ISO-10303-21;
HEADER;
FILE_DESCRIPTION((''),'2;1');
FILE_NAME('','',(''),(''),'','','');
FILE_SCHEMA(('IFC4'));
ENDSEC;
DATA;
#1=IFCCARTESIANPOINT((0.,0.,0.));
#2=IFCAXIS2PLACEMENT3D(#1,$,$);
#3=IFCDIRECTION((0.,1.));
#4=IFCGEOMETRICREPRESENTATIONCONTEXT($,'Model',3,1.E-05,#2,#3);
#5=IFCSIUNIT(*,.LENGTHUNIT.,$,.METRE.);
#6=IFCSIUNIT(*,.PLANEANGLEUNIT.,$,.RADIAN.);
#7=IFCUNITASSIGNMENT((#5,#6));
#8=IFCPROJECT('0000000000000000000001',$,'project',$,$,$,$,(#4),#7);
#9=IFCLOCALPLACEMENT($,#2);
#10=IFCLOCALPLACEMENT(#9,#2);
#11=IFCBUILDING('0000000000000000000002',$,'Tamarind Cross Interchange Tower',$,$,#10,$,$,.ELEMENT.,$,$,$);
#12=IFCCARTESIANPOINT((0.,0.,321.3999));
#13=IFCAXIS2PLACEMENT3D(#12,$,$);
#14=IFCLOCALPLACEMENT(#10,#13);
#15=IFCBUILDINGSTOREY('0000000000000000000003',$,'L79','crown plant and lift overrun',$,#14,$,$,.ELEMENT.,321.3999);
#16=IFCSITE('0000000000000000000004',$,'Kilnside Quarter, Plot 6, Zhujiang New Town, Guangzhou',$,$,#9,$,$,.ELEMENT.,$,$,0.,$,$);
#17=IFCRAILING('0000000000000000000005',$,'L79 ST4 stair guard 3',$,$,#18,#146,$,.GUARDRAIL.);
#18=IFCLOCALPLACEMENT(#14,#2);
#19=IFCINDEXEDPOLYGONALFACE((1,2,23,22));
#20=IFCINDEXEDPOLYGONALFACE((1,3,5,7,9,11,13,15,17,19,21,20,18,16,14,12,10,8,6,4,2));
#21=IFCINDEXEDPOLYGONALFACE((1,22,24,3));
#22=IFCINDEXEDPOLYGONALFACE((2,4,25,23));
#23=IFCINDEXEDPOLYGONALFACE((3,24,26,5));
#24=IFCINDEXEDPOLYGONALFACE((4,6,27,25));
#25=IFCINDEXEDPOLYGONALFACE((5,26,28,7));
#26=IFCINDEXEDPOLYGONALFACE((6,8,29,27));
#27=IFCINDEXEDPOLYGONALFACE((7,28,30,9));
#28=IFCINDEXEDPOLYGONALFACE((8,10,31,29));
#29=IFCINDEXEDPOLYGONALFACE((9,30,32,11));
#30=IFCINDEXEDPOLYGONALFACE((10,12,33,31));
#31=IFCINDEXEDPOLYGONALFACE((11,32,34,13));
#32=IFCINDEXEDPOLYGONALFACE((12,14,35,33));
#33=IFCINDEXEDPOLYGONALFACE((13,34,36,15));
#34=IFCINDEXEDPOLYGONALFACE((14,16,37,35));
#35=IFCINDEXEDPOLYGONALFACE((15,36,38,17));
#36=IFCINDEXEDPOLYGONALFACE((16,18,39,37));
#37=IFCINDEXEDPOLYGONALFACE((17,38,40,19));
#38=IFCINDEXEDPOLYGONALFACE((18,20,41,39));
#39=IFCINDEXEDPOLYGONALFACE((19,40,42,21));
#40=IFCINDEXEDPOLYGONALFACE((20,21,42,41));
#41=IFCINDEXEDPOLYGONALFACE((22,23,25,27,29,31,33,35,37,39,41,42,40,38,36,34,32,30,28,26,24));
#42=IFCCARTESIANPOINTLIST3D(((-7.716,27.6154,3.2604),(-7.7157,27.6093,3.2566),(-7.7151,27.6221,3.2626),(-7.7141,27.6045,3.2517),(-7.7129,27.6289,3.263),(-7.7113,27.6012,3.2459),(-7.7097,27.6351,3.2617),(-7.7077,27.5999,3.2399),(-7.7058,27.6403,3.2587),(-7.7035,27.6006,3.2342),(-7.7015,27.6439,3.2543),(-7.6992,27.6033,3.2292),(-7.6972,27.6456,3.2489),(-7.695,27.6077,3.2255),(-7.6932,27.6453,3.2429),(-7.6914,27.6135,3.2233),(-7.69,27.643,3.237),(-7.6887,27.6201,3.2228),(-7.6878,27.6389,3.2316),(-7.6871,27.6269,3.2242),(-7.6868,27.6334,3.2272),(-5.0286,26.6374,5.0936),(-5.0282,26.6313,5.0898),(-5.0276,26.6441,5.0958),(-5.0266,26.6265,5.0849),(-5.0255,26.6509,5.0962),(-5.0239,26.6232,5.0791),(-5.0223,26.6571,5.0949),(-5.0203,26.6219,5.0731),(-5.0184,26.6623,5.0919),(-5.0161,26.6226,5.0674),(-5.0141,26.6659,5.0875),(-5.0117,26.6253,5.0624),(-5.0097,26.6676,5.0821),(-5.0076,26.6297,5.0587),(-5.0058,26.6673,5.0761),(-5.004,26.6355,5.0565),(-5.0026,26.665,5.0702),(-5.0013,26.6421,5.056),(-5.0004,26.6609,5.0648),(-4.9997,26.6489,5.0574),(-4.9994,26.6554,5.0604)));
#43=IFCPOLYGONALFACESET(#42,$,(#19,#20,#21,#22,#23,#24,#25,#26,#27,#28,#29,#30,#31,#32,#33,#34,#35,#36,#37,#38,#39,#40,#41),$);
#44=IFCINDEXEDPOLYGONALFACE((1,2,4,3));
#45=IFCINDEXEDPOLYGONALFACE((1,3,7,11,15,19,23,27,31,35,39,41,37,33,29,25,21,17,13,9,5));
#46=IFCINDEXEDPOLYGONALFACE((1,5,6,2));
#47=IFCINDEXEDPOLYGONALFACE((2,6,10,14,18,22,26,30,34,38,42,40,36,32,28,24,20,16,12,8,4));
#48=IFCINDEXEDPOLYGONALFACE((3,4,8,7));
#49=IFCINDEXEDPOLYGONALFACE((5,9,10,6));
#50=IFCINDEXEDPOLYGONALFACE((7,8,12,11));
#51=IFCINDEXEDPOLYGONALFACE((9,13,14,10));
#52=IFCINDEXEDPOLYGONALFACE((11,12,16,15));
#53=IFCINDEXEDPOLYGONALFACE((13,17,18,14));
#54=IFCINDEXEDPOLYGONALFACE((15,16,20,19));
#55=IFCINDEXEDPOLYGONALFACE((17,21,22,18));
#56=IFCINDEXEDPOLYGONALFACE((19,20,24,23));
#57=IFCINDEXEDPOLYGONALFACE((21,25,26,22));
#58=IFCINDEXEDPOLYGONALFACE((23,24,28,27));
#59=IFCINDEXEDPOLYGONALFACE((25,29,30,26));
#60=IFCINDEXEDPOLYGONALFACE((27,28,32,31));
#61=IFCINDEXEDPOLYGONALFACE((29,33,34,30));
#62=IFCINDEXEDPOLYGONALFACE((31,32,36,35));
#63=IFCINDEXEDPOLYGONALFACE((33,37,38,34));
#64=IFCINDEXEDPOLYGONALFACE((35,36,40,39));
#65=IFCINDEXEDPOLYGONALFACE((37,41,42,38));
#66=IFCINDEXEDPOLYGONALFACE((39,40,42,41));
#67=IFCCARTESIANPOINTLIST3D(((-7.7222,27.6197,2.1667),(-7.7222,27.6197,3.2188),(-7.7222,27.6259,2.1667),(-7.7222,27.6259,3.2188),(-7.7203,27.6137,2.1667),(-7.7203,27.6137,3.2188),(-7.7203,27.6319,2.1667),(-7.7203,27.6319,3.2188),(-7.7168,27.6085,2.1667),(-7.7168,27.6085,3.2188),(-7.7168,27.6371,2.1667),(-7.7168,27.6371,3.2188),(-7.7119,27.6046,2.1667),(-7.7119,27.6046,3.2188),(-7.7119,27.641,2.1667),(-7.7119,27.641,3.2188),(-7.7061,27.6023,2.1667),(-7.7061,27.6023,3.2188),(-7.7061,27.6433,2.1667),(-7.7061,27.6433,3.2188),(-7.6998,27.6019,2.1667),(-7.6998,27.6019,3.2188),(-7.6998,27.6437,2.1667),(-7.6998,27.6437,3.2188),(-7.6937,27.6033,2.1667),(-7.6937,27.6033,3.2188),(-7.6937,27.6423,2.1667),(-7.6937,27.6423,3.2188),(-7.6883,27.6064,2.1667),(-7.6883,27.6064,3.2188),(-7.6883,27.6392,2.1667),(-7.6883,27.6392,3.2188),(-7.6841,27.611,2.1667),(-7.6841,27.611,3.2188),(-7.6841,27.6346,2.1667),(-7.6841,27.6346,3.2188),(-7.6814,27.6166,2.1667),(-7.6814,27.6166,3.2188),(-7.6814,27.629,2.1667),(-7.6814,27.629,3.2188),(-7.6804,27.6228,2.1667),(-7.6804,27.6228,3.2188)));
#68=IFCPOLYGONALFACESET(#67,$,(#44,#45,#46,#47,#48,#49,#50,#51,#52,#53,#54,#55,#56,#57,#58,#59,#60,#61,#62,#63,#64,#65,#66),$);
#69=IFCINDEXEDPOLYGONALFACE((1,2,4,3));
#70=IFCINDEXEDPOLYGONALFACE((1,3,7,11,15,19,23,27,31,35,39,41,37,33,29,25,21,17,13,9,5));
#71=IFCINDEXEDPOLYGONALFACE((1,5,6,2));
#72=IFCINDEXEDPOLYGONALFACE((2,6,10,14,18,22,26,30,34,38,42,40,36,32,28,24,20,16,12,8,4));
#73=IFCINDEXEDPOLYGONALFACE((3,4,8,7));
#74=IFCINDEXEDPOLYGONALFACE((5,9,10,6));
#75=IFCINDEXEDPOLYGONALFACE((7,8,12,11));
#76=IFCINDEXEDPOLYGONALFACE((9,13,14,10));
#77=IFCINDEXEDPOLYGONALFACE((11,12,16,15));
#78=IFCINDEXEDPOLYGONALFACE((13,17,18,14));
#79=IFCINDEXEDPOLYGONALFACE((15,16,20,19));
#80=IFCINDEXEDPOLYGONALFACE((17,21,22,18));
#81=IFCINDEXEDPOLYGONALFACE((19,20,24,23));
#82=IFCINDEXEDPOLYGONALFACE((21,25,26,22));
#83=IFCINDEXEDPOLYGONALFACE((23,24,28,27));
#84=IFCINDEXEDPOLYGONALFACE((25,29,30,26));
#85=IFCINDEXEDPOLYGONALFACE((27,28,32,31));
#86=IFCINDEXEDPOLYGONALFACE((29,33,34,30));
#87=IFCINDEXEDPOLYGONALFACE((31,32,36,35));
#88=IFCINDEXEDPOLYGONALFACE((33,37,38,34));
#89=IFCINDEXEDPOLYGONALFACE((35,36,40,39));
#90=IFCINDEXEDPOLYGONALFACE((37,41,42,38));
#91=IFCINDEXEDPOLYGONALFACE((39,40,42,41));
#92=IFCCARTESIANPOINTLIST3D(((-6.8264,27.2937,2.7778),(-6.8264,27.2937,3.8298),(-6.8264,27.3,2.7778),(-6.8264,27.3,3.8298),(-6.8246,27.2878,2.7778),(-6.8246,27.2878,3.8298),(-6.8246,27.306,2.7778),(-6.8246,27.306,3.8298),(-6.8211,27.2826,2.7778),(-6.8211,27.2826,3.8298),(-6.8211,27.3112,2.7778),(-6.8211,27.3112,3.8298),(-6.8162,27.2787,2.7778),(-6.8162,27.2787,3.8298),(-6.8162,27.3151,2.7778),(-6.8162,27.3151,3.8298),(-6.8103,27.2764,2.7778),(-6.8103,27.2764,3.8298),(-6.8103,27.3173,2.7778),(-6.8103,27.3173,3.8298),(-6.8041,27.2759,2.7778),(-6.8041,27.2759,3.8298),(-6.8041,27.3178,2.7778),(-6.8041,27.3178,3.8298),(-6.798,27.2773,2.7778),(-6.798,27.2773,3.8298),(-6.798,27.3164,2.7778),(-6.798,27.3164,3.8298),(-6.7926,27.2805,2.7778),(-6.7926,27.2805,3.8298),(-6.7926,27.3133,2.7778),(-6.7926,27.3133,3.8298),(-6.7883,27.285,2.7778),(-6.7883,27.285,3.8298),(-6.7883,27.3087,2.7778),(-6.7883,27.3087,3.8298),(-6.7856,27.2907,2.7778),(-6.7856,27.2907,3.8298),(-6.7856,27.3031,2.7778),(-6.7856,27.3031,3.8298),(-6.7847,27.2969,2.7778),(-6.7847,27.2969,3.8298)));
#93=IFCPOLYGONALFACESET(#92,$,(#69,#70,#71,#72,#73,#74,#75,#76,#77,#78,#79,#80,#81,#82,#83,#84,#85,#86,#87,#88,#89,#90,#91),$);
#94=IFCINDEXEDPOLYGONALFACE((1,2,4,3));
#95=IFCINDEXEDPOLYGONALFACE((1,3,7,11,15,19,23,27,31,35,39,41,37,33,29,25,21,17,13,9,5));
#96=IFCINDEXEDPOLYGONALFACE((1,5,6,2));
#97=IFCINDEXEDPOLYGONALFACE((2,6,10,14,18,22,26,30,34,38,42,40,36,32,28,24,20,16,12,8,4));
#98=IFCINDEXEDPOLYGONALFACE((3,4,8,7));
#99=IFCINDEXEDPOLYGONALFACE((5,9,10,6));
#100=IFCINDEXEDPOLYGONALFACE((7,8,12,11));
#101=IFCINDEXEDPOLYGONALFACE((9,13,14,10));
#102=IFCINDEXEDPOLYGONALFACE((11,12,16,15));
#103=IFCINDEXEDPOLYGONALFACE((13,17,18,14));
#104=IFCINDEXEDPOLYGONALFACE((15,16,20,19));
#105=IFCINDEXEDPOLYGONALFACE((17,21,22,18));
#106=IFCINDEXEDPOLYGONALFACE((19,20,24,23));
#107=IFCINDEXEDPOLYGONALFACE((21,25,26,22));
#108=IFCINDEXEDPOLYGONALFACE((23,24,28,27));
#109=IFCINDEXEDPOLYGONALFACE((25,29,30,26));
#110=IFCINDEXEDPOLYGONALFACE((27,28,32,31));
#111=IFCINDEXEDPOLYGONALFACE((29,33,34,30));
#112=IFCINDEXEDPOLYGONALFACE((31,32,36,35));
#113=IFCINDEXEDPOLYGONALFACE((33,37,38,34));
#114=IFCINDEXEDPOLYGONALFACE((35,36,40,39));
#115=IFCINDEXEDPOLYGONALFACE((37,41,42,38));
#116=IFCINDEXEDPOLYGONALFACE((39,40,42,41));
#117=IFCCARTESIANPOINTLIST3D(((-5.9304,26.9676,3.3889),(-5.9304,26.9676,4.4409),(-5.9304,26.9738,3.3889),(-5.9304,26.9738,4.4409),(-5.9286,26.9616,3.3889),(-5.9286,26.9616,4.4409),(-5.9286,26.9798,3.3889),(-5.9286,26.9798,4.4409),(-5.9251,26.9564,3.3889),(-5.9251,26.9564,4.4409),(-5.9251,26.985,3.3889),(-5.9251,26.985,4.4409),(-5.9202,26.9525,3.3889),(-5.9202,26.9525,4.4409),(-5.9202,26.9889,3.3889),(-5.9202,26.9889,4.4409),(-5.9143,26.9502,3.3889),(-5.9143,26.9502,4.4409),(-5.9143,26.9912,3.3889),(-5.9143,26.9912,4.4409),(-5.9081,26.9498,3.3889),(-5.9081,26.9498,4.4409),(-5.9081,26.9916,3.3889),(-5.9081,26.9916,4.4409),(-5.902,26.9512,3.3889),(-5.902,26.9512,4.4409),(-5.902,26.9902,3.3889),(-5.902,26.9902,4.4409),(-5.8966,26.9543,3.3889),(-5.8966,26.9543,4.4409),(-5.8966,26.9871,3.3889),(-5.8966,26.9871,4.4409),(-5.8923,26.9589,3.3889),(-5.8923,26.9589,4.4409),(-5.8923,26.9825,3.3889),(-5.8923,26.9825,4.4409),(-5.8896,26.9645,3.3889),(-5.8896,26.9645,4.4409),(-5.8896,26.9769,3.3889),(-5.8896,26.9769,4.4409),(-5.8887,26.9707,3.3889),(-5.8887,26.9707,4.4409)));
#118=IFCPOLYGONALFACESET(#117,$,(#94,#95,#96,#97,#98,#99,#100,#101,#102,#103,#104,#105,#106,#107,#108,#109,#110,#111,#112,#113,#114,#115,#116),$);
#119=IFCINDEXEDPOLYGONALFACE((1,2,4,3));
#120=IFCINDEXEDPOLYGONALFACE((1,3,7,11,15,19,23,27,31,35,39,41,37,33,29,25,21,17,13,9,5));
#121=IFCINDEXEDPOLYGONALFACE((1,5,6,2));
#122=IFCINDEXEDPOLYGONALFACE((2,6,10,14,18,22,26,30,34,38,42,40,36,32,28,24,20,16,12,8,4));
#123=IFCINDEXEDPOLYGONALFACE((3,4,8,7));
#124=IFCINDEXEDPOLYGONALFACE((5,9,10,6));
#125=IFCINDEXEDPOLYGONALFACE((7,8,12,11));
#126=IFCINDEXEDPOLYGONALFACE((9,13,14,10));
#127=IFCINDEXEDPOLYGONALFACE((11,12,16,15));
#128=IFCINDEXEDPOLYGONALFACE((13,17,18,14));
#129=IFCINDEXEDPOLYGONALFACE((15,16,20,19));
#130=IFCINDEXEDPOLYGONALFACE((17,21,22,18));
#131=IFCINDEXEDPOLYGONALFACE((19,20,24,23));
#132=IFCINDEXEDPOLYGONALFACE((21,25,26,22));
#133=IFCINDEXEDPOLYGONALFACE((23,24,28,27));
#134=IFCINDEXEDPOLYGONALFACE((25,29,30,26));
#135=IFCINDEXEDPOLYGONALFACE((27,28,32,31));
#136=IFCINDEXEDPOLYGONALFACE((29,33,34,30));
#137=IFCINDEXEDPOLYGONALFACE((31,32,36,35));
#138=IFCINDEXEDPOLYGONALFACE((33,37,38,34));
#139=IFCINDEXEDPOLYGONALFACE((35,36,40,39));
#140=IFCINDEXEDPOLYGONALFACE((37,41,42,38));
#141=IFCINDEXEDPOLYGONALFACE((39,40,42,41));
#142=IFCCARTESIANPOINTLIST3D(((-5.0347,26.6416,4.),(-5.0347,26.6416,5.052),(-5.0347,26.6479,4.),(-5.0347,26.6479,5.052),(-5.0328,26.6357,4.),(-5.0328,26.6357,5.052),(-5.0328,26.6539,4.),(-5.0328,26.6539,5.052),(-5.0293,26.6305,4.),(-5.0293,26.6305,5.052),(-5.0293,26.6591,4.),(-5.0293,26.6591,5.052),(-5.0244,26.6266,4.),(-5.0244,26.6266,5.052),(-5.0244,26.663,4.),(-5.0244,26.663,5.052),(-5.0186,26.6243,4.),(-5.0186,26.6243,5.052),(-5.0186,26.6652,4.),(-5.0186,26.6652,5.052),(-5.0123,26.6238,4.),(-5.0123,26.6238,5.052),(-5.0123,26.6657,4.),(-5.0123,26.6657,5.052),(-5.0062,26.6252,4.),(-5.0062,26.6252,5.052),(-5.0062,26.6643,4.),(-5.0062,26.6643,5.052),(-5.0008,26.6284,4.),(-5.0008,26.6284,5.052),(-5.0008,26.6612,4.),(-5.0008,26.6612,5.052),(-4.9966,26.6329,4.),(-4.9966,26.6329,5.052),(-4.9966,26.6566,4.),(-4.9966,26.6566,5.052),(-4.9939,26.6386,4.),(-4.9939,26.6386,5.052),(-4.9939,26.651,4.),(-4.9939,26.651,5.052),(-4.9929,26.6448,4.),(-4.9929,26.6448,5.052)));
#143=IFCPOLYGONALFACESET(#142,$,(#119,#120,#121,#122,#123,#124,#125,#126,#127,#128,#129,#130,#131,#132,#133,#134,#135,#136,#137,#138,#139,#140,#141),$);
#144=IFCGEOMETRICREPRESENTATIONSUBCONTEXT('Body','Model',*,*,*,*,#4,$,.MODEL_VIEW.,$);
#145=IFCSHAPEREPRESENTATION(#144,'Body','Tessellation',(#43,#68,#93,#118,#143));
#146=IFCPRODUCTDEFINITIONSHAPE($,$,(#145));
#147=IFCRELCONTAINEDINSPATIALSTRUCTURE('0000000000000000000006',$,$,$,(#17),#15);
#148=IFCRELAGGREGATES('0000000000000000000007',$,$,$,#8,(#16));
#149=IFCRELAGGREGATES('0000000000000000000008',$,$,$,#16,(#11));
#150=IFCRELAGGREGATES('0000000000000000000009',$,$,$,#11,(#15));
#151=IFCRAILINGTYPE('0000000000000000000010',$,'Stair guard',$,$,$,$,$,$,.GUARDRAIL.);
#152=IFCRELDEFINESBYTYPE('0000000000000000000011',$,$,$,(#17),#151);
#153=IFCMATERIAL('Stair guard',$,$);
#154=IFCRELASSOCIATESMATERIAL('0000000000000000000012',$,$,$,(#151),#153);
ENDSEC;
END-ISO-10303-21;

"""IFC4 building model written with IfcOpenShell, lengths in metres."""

from ifc_helpers import new_model, si_unit, direction, frame, origin, origin_2d, place, context, subcontext, project, spatial, circle, extrude, material, type_object, element, save


model = new_model("IFC4")

# Units and contexts
model_context = context("Model", 3, precision=1e-05, world=origin(), true_north=direction((0.0, 1.0)))
body_context = subcontext(model_context, "Body", "Model", "MODEL_VIEW")
ifc_project = project(units=[si_unit("LENGTHUNIT", "METRE"), si_unit("PLANEANGLEUNIT", "RADIAN")], contexts=[model_context])

# Site, building, storey
site_placement = place(None, origin())
site = spatial("IfcSite", under=ifc_project, at=site_placement, Name="Kilnside Quarter, Plot 6, Zhujiang New Town, Guangzhou", CompositionType="ELEMENT", RefElevation=0.0)
building_placement = place(site_placement, origin())
building = spatial("IfcBuilding", under=site, at=building_placement, Name="Tamarind Cross Interchange Tower", CompositionType="ELEMENT")
storey_placement = place(building_placement, frame((0.0, 0.0, 321.3999)))
storey = spatial("IfcBuildingStorey", under=building, at=storey_placement, Name="L79", Description="crown plant and lift overrun", CompositionType="ELEMENT", Elevation=321.3999)

# Railing
ifc_material_1 = material(Name="Stair guard")
railing_type_1 = type_object("IfcRailingType", Name="Stair guard", PredefinedType="GUARDRAIL", material=ifc_material_1)
railing_1_placement = place(storey_placement, frame((-7.7014, 27.6228, 2.1667)))
element("IfcRailing", 1, at=railing_1_placement, inside=storey, type_object=railing_type_1, Name="L79 ST4 stair guard 3", PredefinedType="GUARDRAIL", context=body_context, shape_type="SweptSolid", body=[
    extrude(circle(Radius=0.0239, at=origin_2d()), frame((0.0, 0.0, 1.0762), z_axis=(0.791126, -0.287904, 0.539659), x_axis=(0.341976, 0.939709, 0.0)), (0.0, 0.0, 1.0), 3.397),
    extrude(circle(Radius=0.021, at=origin_2d()), origin(), (0.0, 0.0, 1.0), 1.052),
    extrude(circle(Radius=0.021, at=origin_2d()), frame((0.8958, -0.3259, 0.6111)), (0.0, 0.0, 1.0), 1.052),
    extrude(circle(Radius=0.021, at=origin_2d()), frame((1.7917, -0.6521, 1.2222)), (0.0, 0.0, 1.0), 1.052),
    extrude(circle(Radius=0.021, at=origin_2d()), frame((2.6875, -0.978, 1.8333)), (0.0, 0.0, 1.0), 1.052),
])

save(model, "model.ifc")
